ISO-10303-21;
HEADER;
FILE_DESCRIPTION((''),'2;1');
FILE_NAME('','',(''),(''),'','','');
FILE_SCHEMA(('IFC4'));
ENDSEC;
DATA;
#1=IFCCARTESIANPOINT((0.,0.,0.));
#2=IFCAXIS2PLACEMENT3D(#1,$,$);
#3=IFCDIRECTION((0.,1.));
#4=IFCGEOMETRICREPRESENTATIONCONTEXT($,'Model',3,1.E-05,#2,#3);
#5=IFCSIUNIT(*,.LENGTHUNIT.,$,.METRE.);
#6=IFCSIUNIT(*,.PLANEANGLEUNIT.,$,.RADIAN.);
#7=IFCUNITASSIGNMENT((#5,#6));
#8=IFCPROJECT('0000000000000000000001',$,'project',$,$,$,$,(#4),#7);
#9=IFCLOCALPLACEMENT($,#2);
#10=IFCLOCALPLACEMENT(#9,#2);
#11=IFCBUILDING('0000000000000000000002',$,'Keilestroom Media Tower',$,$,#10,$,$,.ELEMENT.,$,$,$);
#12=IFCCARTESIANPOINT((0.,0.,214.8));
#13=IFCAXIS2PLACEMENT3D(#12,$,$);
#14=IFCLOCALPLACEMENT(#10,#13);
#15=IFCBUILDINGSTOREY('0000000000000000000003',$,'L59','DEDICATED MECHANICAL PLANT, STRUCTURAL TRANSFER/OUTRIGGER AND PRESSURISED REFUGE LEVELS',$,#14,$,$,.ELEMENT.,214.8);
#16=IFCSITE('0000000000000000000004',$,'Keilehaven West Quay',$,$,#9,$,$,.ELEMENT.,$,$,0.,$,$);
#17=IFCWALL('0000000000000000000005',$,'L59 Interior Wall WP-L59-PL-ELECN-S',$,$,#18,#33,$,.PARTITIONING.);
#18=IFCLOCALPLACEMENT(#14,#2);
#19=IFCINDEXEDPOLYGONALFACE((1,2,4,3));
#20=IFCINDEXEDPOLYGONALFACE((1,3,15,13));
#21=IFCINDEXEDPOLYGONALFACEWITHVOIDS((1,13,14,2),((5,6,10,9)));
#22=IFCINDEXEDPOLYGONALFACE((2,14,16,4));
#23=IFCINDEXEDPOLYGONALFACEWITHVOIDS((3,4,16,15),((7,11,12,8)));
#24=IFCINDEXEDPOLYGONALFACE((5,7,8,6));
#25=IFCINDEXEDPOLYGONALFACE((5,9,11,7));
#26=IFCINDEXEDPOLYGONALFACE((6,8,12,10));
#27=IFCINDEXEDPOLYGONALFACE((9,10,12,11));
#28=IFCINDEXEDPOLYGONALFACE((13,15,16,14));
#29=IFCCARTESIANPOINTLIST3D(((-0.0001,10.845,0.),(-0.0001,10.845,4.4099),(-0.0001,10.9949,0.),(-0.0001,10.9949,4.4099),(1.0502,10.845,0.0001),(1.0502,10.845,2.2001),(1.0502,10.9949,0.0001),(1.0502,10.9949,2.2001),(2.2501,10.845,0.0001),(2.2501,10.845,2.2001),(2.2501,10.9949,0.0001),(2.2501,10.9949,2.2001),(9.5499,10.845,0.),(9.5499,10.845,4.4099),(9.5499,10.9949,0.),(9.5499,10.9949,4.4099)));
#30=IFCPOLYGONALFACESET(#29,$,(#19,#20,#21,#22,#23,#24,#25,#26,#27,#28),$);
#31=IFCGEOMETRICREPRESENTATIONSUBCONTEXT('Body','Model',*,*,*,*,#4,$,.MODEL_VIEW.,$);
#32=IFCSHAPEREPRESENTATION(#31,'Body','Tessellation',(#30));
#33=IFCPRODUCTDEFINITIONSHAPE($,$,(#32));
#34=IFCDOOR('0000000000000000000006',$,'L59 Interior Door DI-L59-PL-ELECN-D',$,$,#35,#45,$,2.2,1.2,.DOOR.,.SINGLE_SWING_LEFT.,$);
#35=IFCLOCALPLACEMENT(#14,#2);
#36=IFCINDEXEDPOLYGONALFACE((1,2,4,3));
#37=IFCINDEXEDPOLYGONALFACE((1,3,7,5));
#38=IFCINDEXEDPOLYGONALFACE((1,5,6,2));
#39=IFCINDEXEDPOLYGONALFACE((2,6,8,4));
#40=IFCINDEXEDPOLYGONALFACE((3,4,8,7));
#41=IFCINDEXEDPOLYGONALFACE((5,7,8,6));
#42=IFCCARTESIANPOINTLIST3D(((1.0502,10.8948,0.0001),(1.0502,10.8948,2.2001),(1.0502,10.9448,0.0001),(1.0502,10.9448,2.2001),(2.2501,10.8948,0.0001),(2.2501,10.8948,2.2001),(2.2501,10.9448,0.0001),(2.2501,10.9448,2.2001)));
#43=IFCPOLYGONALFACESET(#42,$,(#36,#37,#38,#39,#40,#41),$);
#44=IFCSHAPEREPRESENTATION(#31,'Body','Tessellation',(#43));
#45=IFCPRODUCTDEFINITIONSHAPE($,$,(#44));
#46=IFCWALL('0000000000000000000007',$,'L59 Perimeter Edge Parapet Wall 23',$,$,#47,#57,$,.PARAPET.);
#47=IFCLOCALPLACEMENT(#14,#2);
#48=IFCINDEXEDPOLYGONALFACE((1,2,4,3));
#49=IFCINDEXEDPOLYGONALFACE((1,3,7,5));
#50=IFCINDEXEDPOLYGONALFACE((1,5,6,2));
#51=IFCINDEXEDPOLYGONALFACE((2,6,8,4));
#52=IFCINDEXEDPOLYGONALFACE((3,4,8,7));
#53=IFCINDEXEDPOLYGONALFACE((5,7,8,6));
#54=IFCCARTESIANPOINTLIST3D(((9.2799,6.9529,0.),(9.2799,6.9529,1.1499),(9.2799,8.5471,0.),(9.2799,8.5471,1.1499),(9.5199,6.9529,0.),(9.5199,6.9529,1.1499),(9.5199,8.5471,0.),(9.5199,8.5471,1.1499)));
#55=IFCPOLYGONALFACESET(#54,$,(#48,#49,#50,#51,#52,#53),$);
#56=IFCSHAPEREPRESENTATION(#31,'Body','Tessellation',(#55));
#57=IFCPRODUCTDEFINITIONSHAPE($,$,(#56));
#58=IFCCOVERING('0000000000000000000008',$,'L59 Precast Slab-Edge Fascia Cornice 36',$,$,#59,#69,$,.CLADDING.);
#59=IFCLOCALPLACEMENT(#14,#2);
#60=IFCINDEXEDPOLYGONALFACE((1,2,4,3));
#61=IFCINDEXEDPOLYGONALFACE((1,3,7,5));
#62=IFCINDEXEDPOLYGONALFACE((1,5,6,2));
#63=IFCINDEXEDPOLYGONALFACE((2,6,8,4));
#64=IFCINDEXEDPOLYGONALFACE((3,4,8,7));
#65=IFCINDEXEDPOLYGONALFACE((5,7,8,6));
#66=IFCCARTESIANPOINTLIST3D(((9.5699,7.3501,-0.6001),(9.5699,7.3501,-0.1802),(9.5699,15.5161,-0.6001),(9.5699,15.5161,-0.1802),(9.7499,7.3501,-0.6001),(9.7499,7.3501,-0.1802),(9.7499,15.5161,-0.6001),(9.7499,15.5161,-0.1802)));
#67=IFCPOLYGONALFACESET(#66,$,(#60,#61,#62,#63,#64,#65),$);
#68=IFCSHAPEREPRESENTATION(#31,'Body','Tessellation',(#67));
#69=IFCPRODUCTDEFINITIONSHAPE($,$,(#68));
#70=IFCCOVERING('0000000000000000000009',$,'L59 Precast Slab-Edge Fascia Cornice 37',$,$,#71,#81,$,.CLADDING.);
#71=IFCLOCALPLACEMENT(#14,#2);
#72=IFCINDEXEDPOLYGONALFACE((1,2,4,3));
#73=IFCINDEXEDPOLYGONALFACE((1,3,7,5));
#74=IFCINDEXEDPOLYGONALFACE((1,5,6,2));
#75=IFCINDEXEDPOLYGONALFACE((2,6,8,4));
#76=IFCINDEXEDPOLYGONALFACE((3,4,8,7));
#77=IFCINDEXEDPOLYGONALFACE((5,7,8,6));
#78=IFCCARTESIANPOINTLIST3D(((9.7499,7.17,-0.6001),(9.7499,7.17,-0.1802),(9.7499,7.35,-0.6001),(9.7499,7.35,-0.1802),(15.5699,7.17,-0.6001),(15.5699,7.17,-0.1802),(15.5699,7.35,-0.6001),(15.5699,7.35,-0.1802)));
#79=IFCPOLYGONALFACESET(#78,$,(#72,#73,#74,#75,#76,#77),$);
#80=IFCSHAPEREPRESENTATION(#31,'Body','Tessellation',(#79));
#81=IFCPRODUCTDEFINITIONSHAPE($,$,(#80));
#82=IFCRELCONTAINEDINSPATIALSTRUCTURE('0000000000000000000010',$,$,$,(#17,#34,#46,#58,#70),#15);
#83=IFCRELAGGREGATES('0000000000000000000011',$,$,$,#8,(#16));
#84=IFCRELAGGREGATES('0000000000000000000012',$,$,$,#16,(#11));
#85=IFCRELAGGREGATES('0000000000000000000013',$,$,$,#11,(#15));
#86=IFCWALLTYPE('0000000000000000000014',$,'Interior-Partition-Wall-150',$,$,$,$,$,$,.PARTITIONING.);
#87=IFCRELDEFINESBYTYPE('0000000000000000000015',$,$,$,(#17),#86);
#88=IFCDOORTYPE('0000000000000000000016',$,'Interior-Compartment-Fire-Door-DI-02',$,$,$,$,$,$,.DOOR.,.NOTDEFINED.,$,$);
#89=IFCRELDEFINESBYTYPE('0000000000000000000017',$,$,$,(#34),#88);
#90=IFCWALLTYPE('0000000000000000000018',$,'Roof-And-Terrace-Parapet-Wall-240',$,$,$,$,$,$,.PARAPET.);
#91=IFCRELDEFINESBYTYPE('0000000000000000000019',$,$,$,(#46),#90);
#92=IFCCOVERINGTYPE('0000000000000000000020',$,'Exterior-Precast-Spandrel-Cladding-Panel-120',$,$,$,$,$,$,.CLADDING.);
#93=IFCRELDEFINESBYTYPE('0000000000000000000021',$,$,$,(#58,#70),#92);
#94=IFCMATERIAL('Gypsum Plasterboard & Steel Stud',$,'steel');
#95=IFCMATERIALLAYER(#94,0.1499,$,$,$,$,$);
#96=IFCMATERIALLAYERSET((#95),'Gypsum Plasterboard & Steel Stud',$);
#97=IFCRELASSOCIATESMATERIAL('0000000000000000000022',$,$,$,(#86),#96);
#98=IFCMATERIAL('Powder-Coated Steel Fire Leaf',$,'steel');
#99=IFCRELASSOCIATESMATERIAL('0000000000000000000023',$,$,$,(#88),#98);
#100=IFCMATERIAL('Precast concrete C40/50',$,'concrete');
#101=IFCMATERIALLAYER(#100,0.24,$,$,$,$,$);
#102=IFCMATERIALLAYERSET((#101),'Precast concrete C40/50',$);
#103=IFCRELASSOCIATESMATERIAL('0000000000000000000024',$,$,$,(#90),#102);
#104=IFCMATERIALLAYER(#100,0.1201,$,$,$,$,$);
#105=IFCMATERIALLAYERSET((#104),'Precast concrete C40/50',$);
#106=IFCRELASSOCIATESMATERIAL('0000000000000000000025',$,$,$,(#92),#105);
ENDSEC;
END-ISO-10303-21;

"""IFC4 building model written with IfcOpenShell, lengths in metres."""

from ifc_helpers import new_model, si_unit, direction, frame, frame_2d, origin, origin_2d, place, context, subcontext, project, spatial, rectangle, extrude, source, transform, mapped, material, layer, layer_set, type_object, element, fill, save


model = new_model("IFC4")

# Units and contexts
model_context = context("Model", 3, precision=1e-05, world=origin(), true_north=direction((0.0, 1.0)))
body_context = subcontext(model_context, "Body", "Model", "MODEL_VIEW")
ifc_project = project(units=[si_unit("LENGTHUNIT", "METRE"), si_unit("PLANEANGLEUNIT", "RADIAN")], contexts=[model_context])

# Site, building, storey
site_placement = place(None, origin())
site = spatial("IfcSite", under=ifc_project, at=site_placement, Name="Keilehaven West Quay", CompositionType="ELEMENT", RefElevation=0.0)
building_placement = place(site_placement, origin())
building = spatial("IfcBuilding", under=site, at=building_placement, Name="Keilestroom Media Tower", CompositionType="ELEMENT")
storey_placement = place(building_placement, frame((0.0, 0.0, 214.8)))
storey = spatial("IfcBuildingStorey", under=building, at=storey_placement, Name="L59", Description="DEDICATED MECHANICAL PLANT, STRUCTURAL TRANSFER/OUTRIGGER AND PRESSURISED REFUGE LEVELS", CompositionType="ELEMENT", Elevation=214.8)

# Shared definitions
ifc_material_1 = material(Name="Precast concrete C40/50", Category="concrete")

# Wall, opening, door
ifc_material_2 = material(Name="Gypsum Plasterboard & Steel Stud", Category="steel")
ifc_layer_1 = layer(ifc_material_2, 0.1499)
ifc_layer_set_1 = layer_set([ifc_layer_1], Name="Gypsum Plasterboard & Steel Stud")
wall_type_1 = type_object("IfcWallType", Name="Interior-Partition-Wall-150", PredefinedType="PARTITIONING", material=ifc_layer_set_1)
wall_1_placement = place(storey_placement, frame((0.0, 10.9199, 0.0), z_axis=(0.0, 0.0, 1.0), x_axis=(1.0, 0.0, 0.0)))
wall_1 = element("IfcWall", 1, at=wall_1_placement, inside=storey, type_object=wall_type_1, Name="L59 Interior Wall WP-L59-PL-ELECN-S", PredefinedType="PARTITIONING", context=body_context, shape_type="SweptSolid", body=[
    extrude(rectangle(XDim=9.55, YDim=0.1499, at=frame_2d((4.7749, 0.0))), origin(), (0.0, 0.0, 1.0), 4.4099),
])
opening_placement = place(wall_1_placement, frame((1.05, 0.0, 0.0)))
opening = element("IfcOpeningElement", 2, at=opening_placement, cuts=wall_1, PredefinedType="OPENING", context=body_context, shape_type="SweptSolid", body=[
    extrude(rectangle(XDim=1.2, YDim=2.2, at=frame_2d((0.6001, 1.1001))), frame((0.0, 0.085, 0.0), z_axis=(0.0, -1.0, 0.0), x_axis=(1.0, 0.0, 0.0)), (0.0, 0.0, 1.0), 0.1699),
])
ifc_material_3 = material(Name="Powder-Coated Steel Fire Leaf", Category="steel")
door_type = type_object("IfcDoorType", Name="Interior-Compartment-Fire-Door-DI-02", OperationType="NOTDEFINED", PredefinedType="DOOR", material=ifc_material_3)
shared_shape_1 = source(origin(), body_context, "Body", "SweptSolid", [
    extrude(rectangle(XDim=1.2, YDim=2.2, at=frame_2d((0.6001, 1.1001))), frame((0.0, 0.0249, 0.0), z_axis=(0.0, -1.0, 0.0), x_axis=(1.0, 0.0, 0.0)), (0.0, 0.0, 1.0), 0.05),
])
door_placement = place(opening_placement, origin())
door = element("IfcDoor", 3, at=door_placement, inside=storey, type_object=door_type, Name="L59 Interior Door DI-L59-PL-ELECN-D", OperationType="SINGLE_SWING_LEFT", OverallHeight=2.2, OverallWidth=1.2, PredefinedType="DOOR", context=body_context, shape_type="MappedRepresentation", body=[
    mapped(shared_shape_1, transform((0.0, 0.0, 0.0), x_axis=(1.0, 0.0, 0.0), y_axis=(0.0, 1.0, 0.0), z_axis=(0.0, 0.0, 1.0), scale=1.0)),
])
fill(opening, door)

# Wall
ifc_layer_2 = layer(ifc_material_1, 0.24)
ifc_layer_set_2 = layer_set([ifc_layer_2], Name="Precast concrete C40/50")
wall_type_2 = type_object("IfcWallType", Name="Roof-And-Terrace-Parapet-Wall-240", PredefinedType="PARAPET", material=ifc_layer_set_2)
wall_2_placement = place(storey_placement, frame((9.3999, 8.5471, 0.0), z_axis=(0.0, 0.0, 1.0), x_axis=(0.0, -1.0, 0.0)))
element("IfcWall", 4, at=wall_2_placement, inside=storey, type_object=wall_type_2, Name="L59 Perimeter Edge Parapet Wall 23", PredefinedType="PARAPET", context=body_context, shape_type="SweptSolid", body=[
    extrude(rectangle(XDim=1.5942, YDim=0.24, at=frame_2d((0.7971, 0.0))), origin(), (0.0, 0.0, 1.0), 1.1499),
])

# Coverings
ifc_layer_3 = layer(ifc_material_1, 0.1201)
ifc_layer_set_3 = layer_set([ifc_layer_3], Name="Precast concrete C40/50")
covering_type = type_object("IfcCoveringType", Name="Exterior-Precast-Spandrel-Cladding-Panel-120", PredefinedType="CLADDING", material=ifc_layer_set_3)
shared_shape_2 = source(origin(), body_context, "Body", "SweptSolid", [
    extrude(rectangle(XDim=8.166, YDim=0.1799, at=origin_2d()), origin(), (0.0, 0.0, 1.0), 0.4199),
])
covering_1_placement = place(storey_placement, frame((9.6599, 11.4331, -0.6001), z_axis=(0.0, 0.0, 1.0), x_axis=(0.0, -1.0, 0.0)))
element("IfcCovering", 5, at=covering_1_placement, inside=storey, type_object=covering_type, Name="L59 Precast Slab-Edge Fascia Cornice 36", PredefinedType="CLADDING", context=body_context, shape_type="MappedRepresentation", body=[
    mapped(shared_shape_2, transform((0.0, 0.0, 0.0), x_axis=(1.0, 0.0, 0.0), y_axis=(0.0, 1.0, 0.0), z_axis=(0.0, 0.0, 1.0), scale=1.0)),
])
shared_shape_3 = source(origin(), body_context, "Body", "SweptSolid", [
    extrude(rectangle(XDim=5.8201, YDim=0.1799, at=origin_2d()), origin(), (0.0, 0.0, 1.0), 0.4199),
])
covering_2_placement = place(storey_placement, frame((12.6599, 7.26, -0.6001), z_axis=(0.0, 0.0, 1.0), x_axis=(1.0, 0.0, 0.0)))
element("IfcCovering", 6, at=covering_2_placement, inside=storey, type_object=covering_type, Name="L59 Precast Slab-Edge Fascia Cornice 37", PredefinedType="CLADDING", context=body_context, shape_type="MappedRepresentation", body=[
    mapped(shared_shape_3, transform((0.0, 0.0, 0.0), x_axis=(1.0, 0.0, 0.0), y_axis=(0.0, 1.0, 0.0), z_axis=(0.0, 0.0, 1.0), scale=1.0)),
])

save(model, "model.ifc")
